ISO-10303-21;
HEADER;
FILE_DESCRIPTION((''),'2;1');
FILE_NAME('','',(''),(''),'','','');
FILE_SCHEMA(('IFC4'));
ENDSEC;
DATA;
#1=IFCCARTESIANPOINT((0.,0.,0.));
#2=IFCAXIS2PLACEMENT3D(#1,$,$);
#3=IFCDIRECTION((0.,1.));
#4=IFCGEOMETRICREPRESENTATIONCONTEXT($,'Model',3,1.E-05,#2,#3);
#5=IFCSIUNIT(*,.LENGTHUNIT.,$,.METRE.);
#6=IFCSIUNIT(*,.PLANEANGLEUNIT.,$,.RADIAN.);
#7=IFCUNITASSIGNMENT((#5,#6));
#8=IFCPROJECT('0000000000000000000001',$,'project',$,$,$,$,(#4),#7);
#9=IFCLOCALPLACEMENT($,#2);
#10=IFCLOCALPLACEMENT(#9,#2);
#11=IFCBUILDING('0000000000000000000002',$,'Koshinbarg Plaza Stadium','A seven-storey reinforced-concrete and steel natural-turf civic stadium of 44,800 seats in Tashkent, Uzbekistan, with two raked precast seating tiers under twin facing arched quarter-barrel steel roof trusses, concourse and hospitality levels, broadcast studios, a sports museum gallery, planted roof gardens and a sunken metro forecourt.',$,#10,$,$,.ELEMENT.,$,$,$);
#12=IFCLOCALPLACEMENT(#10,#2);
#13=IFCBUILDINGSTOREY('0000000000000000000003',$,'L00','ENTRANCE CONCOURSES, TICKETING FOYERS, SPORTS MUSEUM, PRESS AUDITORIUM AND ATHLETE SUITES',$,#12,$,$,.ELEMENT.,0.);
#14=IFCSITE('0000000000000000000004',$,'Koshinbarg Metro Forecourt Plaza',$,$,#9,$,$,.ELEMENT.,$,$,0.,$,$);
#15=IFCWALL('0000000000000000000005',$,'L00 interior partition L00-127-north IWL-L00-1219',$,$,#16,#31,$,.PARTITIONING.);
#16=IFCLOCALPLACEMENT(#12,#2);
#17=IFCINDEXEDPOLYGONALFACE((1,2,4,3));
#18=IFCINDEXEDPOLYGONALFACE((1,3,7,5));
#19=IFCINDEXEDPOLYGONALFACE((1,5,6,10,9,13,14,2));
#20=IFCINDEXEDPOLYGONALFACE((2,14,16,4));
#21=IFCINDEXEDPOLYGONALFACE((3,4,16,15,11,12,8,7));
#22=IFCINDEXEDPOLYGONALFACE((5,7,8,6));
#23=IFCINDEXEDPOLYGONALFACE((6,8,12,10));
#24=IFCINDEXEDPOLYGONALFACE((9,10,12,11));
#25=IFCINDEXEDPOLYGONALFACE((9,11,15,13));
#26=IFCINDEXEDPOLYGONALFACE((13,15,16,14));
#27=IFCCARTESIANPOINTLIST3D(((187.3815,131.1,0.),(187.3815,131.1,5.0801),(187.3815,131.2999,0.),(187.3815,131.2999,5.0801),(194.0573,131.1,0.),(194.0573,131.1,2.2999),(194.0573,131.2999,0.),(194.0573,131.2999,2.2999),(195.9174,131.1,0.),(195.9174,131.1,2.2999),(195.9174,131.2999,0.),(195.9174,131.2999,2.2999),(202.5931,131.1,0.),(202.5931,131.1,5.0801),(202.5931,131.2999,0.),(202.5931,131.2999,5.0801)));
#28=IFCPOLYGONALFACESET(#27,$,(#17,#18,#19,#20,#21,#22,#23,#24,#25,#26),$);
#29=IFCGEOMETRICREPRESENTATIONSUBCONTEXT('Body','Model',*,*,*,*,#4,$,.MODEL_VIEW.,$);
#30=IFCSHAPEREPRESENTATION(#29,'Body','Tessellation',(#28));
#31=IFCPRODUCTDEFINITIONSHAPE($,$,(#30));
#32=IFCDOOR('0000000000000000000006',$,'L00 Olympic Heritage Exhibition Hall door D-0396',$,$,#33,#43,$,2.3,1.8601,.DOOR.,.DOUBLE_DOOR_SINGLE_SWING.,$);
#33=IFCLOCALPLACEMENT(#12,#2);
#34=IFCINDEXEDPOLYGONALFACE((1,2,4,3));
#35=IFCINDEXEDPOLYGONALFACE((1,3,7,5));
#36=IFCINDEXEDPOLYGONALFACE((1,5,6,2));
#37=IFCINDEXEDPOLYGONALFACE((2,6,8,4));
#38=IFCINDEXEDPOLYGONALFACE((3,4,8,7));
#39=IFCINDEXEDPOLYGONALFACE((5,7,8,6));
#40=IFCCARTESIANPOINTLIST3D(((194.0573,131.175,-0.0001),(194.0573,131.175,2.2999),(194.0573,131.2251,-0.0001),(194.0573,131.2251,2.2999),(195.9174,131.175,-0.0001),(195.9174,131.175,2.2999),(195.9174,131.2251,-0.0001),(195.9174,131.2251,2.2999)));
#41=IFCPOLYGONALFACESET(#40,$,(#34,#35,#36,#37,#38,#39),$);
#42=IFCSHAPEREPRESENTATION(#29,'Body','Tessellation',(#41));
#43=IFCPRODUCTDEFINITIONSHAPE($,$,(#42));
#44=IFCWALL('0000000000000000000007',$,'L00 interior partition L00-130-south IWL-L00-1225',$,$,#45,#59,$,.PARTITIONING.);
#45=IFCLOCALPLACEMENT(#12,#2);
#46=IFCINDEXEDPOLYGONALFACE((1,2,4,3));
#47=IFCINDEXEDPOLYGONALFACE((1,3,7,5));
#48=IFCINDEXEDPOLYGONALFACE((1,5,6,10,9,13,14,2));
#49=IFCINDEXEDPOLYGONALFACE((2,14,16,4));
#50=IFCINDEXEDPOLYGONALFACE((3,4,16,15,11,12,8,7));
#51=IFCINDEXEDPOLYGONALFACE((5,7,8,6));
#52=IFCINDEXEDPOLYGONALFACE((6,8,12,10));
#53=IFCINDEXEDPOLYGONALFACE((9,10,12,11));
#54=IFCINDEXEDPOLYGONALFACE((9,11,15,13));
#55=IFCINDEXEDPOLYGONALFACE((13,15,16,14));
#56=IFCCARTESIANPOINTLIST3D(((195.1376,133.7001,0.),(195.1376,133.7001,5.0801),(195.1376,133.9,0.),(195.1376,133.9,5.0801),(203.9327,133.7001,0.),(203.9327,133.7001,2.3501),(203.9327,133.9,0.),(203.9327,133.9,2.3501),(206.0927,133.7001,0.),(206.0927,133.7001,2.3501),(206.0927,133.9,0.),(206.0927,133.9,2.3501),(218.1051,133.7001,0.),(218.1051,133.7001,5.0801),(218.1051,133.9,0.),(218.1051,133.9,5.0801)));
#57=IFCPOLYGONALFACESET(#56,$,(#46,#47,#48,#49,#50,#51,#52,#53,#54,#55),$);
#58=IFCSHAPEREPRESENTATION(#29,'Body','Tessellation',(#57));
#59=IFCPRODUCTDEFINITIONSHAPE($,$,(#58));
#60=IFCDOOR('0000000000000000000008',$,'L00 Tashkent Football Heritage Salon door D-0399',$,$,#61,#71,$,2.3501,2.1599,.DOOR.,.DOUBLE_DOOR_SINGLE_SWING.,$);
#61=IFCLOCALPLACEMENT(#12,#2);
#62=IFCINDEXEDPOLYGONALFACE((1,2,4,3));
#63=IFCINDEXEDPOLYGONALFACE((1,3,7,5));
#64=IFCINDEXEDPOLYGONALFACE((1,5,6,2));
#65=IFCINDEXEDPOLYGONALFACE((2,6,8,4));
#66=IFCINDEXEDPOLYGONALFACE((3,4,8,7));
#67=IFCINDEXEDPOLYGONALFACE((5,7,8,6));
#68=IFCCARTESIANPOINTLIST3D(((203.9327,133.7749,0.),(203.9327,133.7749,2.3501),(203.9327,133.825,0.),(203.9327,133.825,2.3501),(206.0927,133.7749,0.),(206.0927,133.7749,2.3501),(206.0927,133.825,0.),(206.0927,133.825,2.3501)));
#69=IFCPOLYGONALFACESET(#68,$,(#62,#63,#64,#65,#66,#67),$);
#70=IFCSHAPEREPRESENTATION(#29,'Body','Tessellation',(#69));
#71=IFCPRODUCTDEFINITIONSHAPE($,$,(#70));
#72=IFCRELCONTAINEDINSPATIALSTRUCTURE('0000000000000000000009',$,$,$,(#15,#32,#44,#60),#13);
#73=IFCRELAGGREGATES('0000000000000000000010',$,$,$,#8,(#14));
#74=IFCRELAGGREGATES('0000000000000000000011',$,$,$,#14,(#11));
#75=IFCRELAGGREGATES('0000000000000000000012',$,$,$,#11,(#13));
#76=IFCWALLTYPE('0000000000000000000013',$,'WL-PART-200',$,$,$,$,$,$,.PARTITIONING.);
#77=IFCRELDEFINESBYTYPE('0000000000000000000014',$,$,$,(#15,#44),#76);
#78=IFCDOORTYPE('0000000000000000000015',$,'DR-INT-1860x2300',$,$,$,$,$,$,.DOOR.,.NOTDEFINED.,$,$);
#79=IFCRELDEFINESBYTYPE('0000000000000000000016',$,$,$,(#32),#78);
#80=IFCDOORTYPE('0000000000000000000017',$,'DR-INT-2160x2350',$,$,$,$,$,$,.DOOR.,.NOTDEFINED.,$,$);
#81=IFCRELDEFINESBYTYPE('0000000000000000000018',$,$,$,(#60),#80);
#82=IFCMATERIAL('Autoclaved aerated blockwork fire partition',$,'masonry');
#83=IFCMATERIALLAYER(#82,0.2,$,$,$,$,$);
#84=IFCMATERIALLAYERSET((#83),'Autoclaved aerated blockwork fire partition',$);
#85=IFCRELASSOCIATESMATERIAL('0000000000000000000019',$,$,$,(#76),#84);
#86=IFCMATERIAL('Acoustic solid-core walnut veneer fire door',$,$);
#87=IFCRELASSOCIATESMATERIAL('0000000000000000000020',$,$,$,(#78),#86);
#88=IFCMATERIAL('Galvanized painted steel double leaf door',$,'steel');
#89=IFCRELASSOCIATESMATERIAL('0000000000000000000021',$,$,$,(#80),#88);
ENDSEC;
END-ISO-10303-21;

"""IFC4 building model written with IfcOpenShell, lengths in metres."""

from ifc_helpers import new_model, si_unit, direction, frame, frame_2d, origin, place, context, subcontext, project, spatial, rectangle, extrude, material, layer, layer_set, type_object, element, fill, save


model = new_model("IFC4")

# Units and contexts
model_context = context("Model", 3, precision=1e-05, world=origin(), true_north=direction((0.0, 1.0)))
body_context = subcontext(model_context, "Body", "Model", "MODEL_VIEW")
ifc_project = project(units=[si_unit("LENGTHUNIT", "METRE"), si_unit("PLANEANGLEUNIT", "RADIAN")], contexts=[model_context])

# Site, building, storey
site_placement = place(None, origin())
site = spatial("IfcSite", under=ifc_project, at=site_placement, Name="Koshinbarg Metro Forecourt Plaza", CompositionType="ELEMENT", RefElevation=0.0)
building_placement = place(site_placement, origin())
building = spatial("IfcBuilding", under=site, at=building_placement, Name="Koshinbarg Plaza Stadium", Description="A seven-storey reinforced-concrete and steel natural-turf civic stadium of 44,800 seats in Tashkent, Uzbekistan, with two raked precast seating tiers under twin facing arched quarter-barrel steel roof trusses, concourse and hospitality levels, broadcast studios, a sports museum gallery, planted roof gardens and a sunken metro forecourt.", CompositionType="ELEMENT")
storey_placement = place(building_placement, origin())
storey = spatial("IfcBuildingStorey", under=building, at=storey_placement, Name="L00", Description="ENTRANCE CONCOURSES, TICKETING FOYERS, SPORTS MUSEUM, PRESS AUDITORIUM AND ATHLETE SUITES", CompositionType="ELEMENT", Elevation=0.0)

# Walls, openings, doors
ifc_material_1 = material(Name="Autoclaved aerated blockwork fire partition", Category="masonry")
ifc_layer_1 = layer(ifc_material_1, 0.2)
ifc_layer_set_1 = layer_set([ifc_layer_1], Name="Autoclaved aerated blockwork fire partition")
wall_type_1 = type_object("IfcWallType", Name="WL-PART-200", PredefinedType="PARTITIONING", material=ifc_layer_set_1)
wall_1_placement = place(storey_placement, frame((202.5933, 131.2, 0.0), z_axis=(0.0, 0.0, 1.0), x_axis=(-1.0, 0.0, 0.0)))
wall_1 = element("IfcWall", 1, at=wall_1_placement, inside=storey, type_object=wall_type_1, Name="L00 interior partition L00-127-north IWL-L00-1219", PredefinedType="PARTITIONING", context=body_context, shape_type="SweptSolid", body=[
    extrude(rectangle(XDim=15.2117, YDim=0.2, at=frame_2d((7.606, 0.0))), origin(), (0.0, 0.0, 1.0), 5.0801),
])
opening_1_placement = place(wall_1_placement, frame((6.6758, 0.0, 0.0)))
opening_1 = element("IfcOpeningElement", 2, at=opening_1_placement, cuts=wall_1, PredefinedType="OPENING", context=body_context, shape_type="SweptSolid", body=[
    extrude(rectangle(XDim=1.8601, YDim=2.3, at=frame_2d((0.9302, 1.1499))), frame((0.0, 0.1099, 0.0), z_axis=(0.0, -1.0, 0.0), x_axis=(1.0, 0.0, 0.0)), (0.0, 0.0, 1.0), 0.22),
])
ifc_material_2 = material(Name="Acoustic solid-core walnut veneer fire door")
door_type_1 = type_object("IfcDoorType", Name="DR-INT-1860x2300", OperationType="NOTDEFINED", PredefinedType="DOOR", material=ifc_material_2)
door_1_placement = place(opening_1_placement, origin())
door_1 = element("IfcDoor", 3, at=door_1_placement, inside=storey, type_object=door_type_1, Name="L00 Olympic Heritage Exhibition Hall door D-0396", OperationType="DOUBLE_DOOR_SINGLE_SWING", OverallHeight=2.3, OverallWidth=1.8601, PredefinedType="DOOR", context=body_context, shape_type="SweptSolid", body=[
    extrude(rectangle(XDim=1.8601, YDim=2.3, at=frame_2d((0.9302, 1.1499))), frame((0.0, 0.0249, 0.0), z_axis=(0.0, -1.0, 0.0), x_axis=(1.0, 0.0, 0.0)), (0.0, 0.0, 1.0), 0.05),
])
fill(opening_1, door_1)
wall_2_placement = place(storey_placement, frame((195.1375, 133.8, 0.0), z_axis=(0.0, 0.0, 1.0), x_axis=(1.0, 0.0, 0.0)))
wall_2 = element("IfcWall", 4, at=wall_2_placement, inside=storey, type_object=wall_type_1, Name="L00 interior partition L00-130-south IWL-L00-1225", PredefinedType="PARTITIONING", context=body_context, shape_type="SweptSolid", body=[
    extrude(rectangle(XDim=22.9675, YDim=0.2, at=frame_2d((11.4839, 0.0))), origin(), (0.0, 0.0, 1.0), 5.0801),
])
opening_2_placement = place(wall_2_placement, frame((8.7952, 0.0, 0.0)))
opening_2 = element("IfcOpeningElement", 5, at=opening_2_placement, cuts=wall_2, PredefinedType="OPENING", context=body_context, shape_type="SweptSolid", body=[
    extrude(rectangle(XDim=2.1599, YDim=2.3501, at=frame_2d((1.0801, 1.175))), frame((0.0, 0.1099, 0.0), z_axis=(0.0, -1.0, 0.0), x_axis=(1.0, 0.0, 0.0)), (0.0, 0.0, 1.0), 0.22),
])
ifc_material_3 = material(Name="Galvanized painted steel double leaf door", Category="steel")
door_type_2 = type_object("IfcDoorType", Name="DR-INT-2160x2350", OperationType="NOTDEFINED", PredefinedType="DOOR", material=ifc_material_3)
door_2_placement = place(opening_2_placement, origin())
door_2 = element("IfcDoor", 6, at=door_2_placement, inside=storey, type_object=door_type_2, Name="L00 Tashkent Football Heritage Salon door D-0399", OperationType="DOUBLE_DOOR_SINGLE_SWING", OverallHeight=2.3501, OverallWidth=2.1599, PredefinedType="DOOR", context=body_context, shape_type="SweptSolid", body=[
    extrude(rectangle(XDim=2.1599, YDim=2.3501, at=frame_2d((1.0801, 1.175))), frame((0.0, 0.0249, 0.0), z_axis=(0.0, -1.0, 0.0), x_axis=(1.0, 0.0, 0.0)), (0.0, 0.0, 1.0), 0.05),
])
fill(opening_2, door_2)

save(model, "model.ifc")
